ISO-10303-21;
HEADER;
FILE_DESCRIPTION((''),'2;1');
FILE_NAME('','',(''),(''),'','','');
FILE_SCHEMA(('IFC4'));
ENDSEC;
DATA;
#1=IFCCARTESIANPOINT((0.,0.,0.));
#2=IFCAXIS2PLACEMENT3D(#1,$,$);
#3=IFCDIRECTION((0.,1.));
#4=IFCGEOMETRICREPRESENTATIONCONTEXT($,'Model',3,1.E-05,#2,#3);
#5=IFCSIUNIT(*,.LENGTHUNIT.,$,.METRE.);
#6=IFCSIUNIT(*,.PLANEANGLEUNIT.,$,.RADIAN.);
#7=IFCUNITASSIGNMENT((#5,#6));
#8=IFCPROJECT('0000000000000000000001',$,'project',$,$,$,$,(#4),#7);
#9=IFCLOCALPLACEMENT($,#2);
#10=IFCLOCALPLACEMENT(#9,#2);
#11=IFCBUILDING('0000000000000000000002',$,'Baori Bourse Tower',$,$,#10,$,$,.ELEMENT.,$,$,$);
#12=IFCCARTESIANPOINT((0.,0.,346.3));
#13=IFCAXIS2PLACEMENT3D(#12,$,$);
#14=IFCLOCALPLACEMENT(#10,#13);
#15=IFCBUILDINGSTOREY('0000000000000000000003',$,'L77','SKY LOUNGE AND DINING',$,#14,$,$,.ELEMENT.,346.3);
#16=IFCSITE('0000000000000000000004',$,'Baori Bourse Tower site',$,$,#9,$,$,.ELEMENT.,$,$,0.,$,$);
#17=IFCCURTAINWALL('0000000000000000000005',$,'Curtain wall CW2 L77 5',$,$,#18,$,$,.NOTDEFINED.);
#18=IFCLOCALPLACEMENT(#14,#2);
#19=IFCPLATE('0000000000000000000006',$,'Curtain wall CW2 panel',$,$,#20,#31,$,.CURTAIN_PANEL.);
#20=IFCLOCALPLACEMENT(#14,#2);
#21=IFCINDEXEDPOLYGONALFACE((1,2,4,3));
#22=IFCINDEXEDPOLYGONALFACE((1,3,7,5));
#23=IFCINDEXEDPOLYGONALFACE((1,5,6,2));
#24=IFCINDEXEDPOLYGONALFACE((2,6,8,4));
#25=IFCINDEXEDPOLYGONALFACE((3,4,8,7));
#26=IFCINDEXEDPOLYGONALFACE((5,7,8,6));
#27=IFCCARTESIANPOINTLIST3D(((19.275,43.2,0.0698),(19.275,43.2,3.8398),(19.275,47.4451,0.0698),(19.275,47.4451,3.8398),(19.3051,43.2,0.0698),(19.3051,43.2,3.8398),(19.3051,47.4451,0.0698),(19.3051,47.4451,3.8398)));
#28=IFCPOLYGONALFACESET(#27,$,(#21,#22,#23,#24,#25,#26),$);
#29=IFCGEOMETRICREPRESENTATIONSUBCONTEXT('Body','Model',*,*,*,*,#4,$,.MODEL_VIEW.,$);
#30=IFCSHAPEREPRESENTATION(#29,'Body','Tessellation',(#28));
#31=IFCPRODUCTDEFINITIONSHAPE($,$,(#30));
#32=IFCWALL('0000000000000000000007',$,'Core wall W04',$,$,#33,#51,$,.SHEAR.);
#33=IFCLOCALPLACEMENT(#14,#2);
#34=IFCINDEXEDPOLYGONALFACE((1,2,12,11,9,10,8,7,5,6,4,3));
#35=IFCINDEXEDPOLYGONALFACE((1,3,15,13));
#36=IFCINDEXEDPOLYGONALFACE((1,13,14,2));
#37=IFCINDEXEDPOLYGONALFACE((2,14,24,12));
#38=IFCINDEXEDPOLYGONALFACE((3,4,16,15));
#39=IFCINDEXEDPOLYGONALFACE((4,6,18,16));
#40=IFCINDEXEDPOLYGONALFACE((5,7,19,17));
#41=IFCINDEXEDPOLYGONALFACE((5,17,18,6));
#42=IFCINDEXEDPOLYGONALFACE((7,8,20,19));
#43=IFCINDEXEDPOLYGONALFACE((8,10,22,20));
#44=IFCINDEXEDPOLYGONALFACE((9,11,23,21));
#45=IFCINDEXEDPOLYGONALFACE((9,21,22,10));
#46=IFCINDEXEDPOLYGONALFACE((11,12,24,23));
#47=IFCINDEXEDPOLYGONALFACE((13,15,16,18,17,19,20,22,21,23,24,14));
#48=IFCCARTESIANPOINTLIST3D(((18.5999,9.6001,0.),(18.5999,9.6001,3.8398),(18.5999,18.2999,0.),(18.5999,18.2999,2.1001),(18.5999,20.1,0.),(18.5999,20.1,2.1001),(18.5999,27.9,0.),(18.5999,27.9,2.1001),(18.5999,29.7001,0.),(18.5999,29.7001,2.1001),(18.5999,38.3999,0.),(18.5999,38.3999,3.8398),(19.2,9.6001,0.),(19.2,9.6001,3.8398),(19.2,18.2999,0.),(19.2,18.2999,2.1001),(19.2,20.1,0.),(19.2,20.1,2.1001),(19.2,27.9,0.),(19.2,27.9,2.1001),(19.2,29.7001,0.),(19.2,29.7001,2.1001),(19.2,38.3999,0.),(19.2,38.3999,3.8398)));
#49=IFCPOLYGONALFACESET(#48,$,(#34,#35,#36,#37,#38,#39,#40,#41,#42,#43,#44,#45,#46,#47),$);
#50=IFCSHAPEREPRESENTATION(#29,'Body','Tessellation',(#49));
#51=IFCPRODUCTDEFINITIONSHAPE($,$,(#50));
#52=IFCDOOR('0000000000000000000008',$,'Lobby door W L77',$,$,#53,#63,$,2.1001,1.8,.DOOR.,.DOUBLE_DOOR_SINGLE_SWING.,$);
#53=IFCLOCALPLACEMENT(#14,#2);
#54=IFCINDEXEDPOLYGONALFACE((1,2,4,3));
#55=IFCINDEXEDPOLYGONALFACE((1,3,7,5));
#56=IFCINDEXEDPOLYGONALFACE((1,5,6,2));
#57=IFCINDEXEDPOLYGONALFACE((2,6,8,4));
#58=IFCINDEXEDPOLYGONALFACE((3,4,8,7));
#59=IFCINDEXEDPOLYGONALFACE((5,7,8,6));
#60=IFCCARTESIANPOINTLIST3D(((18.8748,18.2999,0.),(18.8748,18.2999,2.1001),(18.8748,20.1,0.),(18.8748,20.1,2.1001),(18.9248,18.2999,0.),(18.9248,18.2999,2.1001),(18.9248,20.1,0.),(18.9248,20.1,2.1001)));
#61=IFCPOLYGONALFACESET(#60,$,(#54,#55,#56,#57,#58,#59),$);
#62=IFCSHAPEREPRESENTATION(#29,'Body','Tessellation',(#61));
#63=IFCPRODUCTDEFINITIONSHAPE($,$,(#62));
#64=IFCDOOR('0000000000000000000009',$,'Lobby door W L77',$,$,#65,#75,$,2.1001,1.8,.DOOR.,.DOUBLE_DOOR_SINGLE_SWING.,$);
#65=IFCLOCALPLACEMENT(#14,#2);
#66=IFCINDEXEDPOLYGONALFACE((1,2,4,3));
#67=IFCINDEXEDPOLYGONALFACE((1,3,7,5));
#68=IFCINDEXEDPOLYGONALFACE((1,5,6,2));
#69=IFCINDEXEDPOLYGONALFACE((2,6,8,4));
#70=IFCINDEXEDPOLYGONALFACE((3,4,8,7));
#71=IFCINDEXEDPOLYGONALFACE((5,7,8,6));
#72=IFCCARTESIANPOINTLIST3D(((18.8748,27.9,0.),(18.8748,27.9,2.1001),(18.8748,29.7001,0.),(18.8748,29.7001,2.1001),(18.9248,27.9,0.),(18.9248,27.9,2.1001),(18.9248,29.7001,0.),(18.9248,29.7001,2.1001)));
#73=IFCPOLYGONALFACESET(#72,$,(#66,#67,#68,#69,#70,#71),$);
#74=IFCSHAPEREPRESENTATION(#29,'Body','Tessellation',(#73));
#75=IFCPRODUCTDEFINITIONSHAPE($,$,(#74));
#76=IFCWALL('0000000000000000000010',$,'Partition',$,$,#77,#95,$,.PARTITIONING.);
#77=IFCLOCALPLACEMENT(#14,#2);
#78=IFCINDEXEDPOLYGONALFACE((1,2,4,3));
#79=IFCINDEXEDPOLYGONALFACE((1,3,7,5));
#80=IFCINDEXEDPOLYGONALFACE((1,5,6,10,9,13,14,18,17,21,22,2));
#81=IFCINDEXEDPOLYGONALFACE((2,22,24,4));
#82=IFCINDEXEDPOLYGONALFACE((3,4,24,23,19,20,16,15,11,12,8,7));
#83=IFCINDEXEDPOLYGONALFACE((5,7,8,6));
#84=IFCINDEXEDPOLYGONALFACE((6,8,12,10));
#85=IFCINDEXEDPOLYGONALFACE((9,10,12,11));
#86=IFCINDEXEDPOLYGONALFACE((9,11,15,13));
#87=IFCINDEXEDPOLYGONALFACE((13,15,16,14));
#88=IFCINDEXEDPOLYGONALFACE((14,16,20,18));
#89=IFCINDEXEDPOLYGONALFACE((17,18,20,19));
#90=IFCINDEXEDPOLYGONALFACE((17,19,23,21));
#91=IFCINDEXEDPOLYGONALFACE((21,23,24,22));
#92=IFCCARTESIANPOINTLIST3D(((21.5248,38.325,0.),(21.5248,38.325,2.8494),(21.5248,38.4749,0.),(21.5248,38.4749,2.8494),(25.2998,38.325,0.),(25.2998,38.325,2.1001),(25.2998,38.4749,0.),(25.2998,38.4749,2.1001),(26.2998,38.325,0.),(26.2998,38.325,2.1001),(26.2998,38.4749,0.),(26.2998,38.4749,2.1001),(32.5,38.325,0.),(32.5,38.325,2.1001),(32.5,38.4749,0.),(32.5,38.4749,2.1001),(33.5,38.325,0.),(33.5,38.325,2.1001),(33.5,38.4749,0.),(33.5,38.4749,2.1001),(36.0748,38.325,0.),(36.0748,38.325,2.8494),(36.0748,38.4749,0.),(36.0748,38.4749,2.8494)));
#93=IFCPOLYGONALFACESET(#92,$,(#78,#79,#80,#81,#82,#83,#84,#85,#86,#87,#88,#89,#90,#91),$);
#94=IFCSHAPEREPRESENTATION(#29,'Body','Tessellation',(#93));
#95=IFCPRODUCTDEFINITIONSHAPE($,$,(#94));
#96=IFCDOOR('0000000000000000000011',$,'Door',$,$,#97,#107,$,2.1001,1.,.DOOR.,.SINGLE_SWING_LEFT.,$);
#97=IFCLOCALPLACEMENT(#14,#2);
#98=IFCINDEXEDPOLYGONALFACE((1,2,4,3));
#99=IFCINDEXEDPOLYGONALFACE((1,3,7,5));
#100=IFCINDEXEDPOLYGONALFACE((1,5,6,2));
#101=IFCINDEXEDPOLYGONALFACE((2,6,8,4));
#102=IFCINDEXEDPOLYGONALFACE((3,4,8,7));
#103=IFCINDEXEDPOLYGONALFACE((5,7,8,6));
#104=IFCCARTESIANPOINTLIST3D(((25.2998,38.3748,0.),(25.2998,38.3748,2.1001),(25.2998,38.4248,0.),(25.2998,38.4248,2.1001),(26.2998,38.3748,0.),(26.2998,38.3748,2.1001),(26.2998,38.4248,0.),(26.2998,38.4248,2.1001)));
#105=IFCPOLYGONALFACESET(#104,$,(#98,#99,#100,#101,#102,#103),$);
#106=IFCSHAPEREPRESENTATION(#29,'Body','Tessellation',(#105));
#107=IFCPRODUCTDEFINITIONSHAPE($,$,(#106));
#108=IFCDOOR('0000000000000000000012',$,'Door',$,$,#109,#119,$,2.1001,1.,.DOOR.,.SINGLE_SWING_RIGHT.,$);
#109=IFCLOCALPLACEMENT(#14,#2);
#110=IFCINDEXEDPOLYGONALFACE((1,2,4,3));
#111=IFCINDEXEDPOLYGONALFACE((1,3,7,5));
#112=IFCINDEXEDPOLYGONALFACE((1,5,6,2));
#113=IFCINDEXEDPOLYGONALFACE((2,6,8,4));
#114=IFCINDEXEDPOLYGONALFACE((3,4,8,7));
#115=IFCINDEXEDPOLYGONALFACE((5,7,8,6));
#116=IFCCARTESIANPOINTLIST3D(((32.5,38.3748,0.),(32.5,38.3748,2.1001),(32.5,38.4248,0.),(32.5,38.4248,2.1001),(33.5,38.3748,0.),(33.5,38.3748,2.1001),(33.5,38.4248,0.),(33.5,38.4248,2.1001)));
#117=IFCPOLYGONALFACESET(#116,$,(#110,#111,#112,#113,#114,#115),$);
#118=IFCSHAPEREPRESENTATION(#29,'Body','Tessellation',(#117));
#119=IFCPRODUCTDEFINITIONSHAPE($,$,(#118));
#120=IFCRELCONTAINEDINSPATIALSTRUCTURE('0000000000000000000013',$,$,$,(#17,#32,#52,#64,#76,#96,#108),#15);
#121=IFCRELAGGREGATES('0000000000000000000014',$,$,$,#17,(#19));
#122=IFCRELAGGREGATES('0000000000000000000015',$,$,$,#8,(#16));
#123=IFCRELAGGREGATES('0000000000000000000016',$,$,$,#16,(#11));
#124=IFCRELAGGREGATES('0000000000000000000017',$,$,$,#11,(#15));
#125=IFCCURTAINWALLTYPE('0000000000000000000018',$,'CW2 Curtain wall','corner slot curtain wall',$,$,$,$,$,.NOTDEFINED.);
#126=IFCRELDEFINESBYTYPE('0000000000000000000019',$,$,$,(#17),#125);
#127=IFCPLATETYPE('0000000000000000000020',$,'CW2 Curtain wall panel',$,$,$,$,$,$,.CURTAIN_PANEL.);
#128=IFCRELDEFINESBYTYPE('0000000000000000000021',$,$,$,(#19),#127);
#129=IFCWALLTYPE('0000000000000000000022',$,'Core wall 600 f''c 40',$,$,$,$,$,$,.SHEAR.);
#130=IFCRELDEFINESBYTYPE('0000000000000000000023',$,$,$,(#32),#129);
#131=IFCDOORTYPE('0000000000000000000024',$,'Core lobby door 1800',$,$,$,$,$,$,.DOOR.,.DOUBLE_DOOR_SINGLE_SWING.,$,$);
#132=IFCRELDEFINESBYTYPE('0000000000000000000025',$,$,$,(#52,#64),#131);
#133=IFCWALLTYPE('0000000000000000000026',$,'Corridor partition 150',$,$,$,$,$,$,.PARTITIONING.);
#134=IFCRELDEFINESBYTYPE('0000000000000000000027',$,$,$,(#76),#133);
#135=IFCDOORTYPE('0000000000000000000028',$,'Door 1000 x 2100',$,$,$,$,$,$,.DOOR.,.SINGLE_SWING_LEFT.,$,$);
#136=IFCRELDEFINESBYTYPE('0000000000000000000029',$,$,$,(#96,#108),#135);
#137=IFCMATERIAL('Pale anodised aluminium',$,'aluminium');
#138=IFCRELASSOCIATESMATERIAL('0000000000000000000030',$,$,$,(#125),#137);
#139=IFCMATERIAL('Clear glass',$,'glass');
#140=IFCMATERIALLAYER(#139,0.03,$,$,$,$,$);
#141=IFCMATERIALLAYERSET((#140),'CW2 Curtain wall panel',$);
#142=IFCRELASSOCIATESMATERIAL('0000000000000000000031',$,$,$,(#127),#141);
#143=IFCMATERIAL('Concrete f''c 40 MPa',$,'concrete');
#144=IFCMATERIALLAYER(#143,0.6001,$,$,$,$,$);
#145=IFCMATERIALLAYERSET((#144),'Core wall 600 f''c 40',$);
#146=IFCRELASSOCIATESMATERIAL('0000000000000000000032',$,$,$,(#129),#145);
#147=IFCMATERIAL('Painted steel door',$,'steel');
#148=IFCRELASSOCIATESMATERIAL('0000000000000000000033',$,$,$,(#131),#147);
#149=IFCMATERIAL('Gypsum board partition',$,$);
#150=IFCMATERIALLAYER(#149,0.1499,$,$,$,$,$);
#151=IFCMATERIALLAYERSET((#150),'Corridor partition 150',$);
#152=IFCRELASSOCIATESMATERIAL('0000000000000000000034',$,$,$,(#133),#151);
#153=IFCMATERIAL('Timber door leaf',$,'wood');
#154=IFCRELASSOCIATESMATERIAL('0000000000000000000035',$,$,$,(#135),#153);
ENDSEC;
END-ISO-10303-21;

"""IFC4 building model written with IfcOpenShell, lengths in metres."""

from ifc_helpers import new_model, si_unit, direction, frame, frame_2d, origin, origin_2d, place, context, subcontext, project, spatial, rectangle, extrude, material, layer, layer_set, type_object, element, fill, aggregate, save


model = new_model("IFC4")

# Units and contexts
model_context = context("Model", 3, precision=1e-05, world=origin(), true_north=direction((0.0, 1.0)))
body_context = subcontext(model_context, "Body", "Model", "MODEL_VIEW")
ifc_project = project(units=[si_unit("LENGTHUNIT", "METRE"), si_unit("PLANEANGLEUNIT", "RADIAN")], contexts=[model_context])

# Site, building, storey
site_placement = place(None, origin())
site = spatial("IfcSite", under=ifc_project, at=site_placement, Name="Baori Bourse Tower site", CompositionType="ELEMENT", RefElevation=0.0)
building_placement = place(site_placement, origin())
building = spatial("IfcBuilding", under=site, at=building_placement, Name="Baori Bourse Tower", CompositionType="ELEMENT")
storey_placement = place(building_placement, frame((0.0, 0.0, 346.3)))
storey = spatial("IfcBuildingStorey", under=building, at=storey_placement, Name="L77", Description="SKY LOUNGE AND DINING", CompositionType="ELEMENT", Elevation=346.3)

# Curtain wall
ifc_material_1 = material(Name="Pale anodised aluminium", Category="aluminium")
curtain_wall_type = type_object("IfcCurtainWallType", Name="CW2 Curtain wall", Description="corner slot curtain wall", PredefinedType="NOTDEFINED", material=ifc_material_1)
curtain_wall_1_placement = place(storey_placement, origin())
curtain_wall_1 = element("IfcCurtainWall", 1, at=curtain_wall_1_placement, inside=storey, type_object=curtain_wall_type, Name="Curtain wall CW2 L77 5", PredefinedType="NOTDEFINED")

# Plate
ifc_material_2 = material(Name="Clear glass", Category="glass")
ifc_layer_1 = layer(ifc_material_2, 0.03)
ifc_layer_set_1 = layer_set([ifc_layer_1], Name="CW2 Curtain wall panel")
plate_type = type_object("IfcPlateType", Name="CW2 Curtain wall panel", PredefinedType="CURTAIN_PANEL", material=ifc_layer_set_1)
plate_placement = place(storey_placement, frame((19.29, 45.3225, 0.0698), z_axis=(0.0, 0.0, 1.0), x_axis=(0.0, -1.0, 0.0)))
plate = element("IfcPlate", 2, at=plate_placement, type_object=plate_type, Name="Curtain wall CW2 panel", PredefinedType="CURTAIN_PANEL", context=body_context, shape_type="SweptSolid", body=[
    extrude(rectangle(XDim=4.2451, YDim=0.03, at=origin_2d()), origin(), (0.0, 0.0, 1.0), 3.77),
])
aggregate(curtain_wall_1, [plate])

# Walls, openings, doors
ifc_material_3 = material(Name="Concrete f'c 40 MPa", Category="concrete")
ifc_layer_2 = layer(ifc_material_3, 0.6001)
ifc_layer_set_2 = layer_set([ifc_layer_2], Name="Core wall 600 f'c 40")
wall_type_1 = type_object("IfcWallType", Name="Core wall 600 f'c 40", PredefinedType="SHEAR", material=ifc_layer_set_2)
wall_1_placement = place(storey_placement, frame((18.8999, 38.3999, 0.0), z_axis=(0.0, 0.0, 1.0), x_axis=(0.0, -1.0, 0.0)))
wall_1 = element("IfcWall", 3, at=wall_1_placement, inside=storey, type_object=wall_type_1, Name="Core wall W04", PredefinedType="SHEAR", context=body_context, shape_type="SweptSolid", body=[
    extrude(rectangle(XDim=28.7998, YDim=0.6001, at=frame_2d((14.3999, 0.0))), origin(), (0.0, 0.0, 1.0), 3.8398),
])
opening_1_placement = place(wall_1_placement, frame((18.3, 0.0, 0.0)))
opening_1 = element("IfcOpeningElement", 4, at=opening_1_placement, cuts=wall_1, PredefinedType="OPENING", context=body_context, shape_type="SweptSolid", body=[
    extrude(rectangle(XDim=1.8, YDim=2.1001, at=frame_2d((0.8999, 1.05))), frame((0.0, 0.3101, 0.0), z_axis=(0.0, -1.0, 0.0), x_axis=(1.0, 0.0, 0.0)), (0.0, 0.0, 1.0), 0.6201),
])
opening_2_placement = place(wall_1_placement, frame((8.7, 0.0, 0.0)))
opening_2 = element("IfcOpeningElement", 5, at=opening_2_placement, cuts=wall_1, PredefinedType="OPENING", context=body_context, shape_type="SweptSolid", body=[
    extrude(rectangle(XDim=1.8, YDim=2.1001, at=frame_2d((0.8999, 1.05))), frame((0.0, 0.3101, 0.0), z_axis=(0.0, -1.0, 0.0), x_axis=(1.0, 0.0, 0.0)), (0.0, 0.0, 1.0), 0.6201),
])
ifc_material_4 = material(Name="Painted steel door", Category="steel")
door_type_1 = type_object("IfcDoorType", Name="Core lobby door 1800", OperationType="DOUBLE_DOOR_SINGLE_SWING", PredefinedType="DOOR", material=ifc_material_4)
door_1_placement = place(opening_1_placement, origin())
door_1 = element("IfcDoor", 6, at=door_1_placement, inside=storey, type_object=door_type_1, Name="Lobby door W L77", OperationType="DOUBLE_DOOR_SINGLE_SWING", OverallHeight=2.1001, OverallWidth=1.8, PredefinedType="DOOR", context=body_context, shape_type="SweptSolid", body=[
    extrude(rectangle(XDim=1.8, YDim=2.1001, at=frame_2d((0.8999, 1.05))), frame((0.0, 0.0249, 0.0), z_axis=(0.0, -1.0, 0.0), x_axis=(1.0, 0.0, 0.0)), (0.0, 0.0, 1.0), 0.05),
])
fill(opening_1, door_1)
door_2_placement = place(opening_2_placement, origin())
door_2 = element("IfcDoor", 7, at=door_2_placement, inside=storey, type_object=door_type_1, Name="Lobby door W L77", OperationType="DOUBLE_DOOR_SINGLE_SWING", OverallHeight=2.1001, OverallWidth=1.8, PredefinedType="DOOR", context=body_context, shape_type="SweptSolid", body=[
    extrude(rectangle(XDim=1.8, YDim=2.1001, at=frame_2d((0.8999, 1.05))), frame((0.0, 0.0249, 0.0), z_axis=(0.0, -1.0, 0.0), x_axis=(1.0, 0.0, 0.0)), (0.0, 0.0, 1.0), 0.05),
])
fill(opening_2, door_2)
ifc_material_5 = material(Name="Gypsum board partition")
ifc_layer_3 = layer(ifc_material_5, 0.1499)
ifc_layer_set_3 = layer_set([ifc_layer_3], Name="Corridor partition 150")
wall_type_2 = type_object("IfcWallType", Name="Corridor partition 150", PredefinedType="PARTITIONING", material=ifc_layer_set_3)
wall_2_placement = place(storey_placement, frame((21.5249, 38.3999, 0.0), z_axis=(0.0, 0.0, 1.0), x_axis=(1.0, 0.0, 0.0)))
wall_2 = element("IfcWall", 8, at=wall_2_placement, inside=storey, type_object=wall_type_2, Name="Partition", PredefinedType="PARTITIONING", context=body_context, shape_type="SweptSolid", body=[
    extrude(rectangle(XDim=14.55, YDim=0.1499, at=frame_2d((7.2749, 0.0))), origin(), (0.0, 0.0, 1.0), 2.8494),
])
opening_3_placement = place(wall_2_placement, frame((3.7749, 0.0, 0.0)))
opening_3 = element("IfcOpeningElement", 9, at=opening_3_placement, cuts=wall_2, PredefinedType="OPENING", context=body_context, shape_type="SweptSolid", body=[
    extrude(rectangle(XDim=1.0, YDim=2.1001, at=frame_2d((0.5, 1.05))), frame((0.0, 0.085, 0.0), z_axis=(0.0, -1.0, 0.0), x_axis=(1.0, 0.0, 0.0)), (0.0, 0.0, 1.0), 0.1699),
])
opening_4_placement = place(wall_2_placement, frame((10.9751, 0.0, 0.0)))
opening_4 = element("IfcOpeningElement", 10, at=opening_4_placement, cuts=wall_2, PredefinedType="OPENING", context=body_context, shape_type="SweptSolid", body=[
    extrude(rectangle(XDim=1.0, YDim=2.1001, at=frame_2d((0.5, 1.05))), frame((0.0, 0.085, 0.0), z_axis=(0.0, -1.0, 0.0), x_axis=(1.0, 0.0, 0.0)), (0.0, 0.0, 1.0), 0.1699),
])
ifc_material_6 = material(Name="Timber door leaf", Category="wood")
door_type_2 = type_object("IfcDoorType", Name="Door 1000 x 2100", OperationType="SINGLE_SWING_LEFT", PredefinedType="DOOR", material=ifc_material_6)
door_3_placement = place(opening_3_placement, origin())
door_3 = element("IfcDoor", 11, at=door_3_placement, inside=storey, type_object=door_type_2, Name="Door", OperationType="SINGLE_SWING_LEFT", OverallHeight=2.1001, OverallWidth=1.0, PredefinedType="DOOR", context=body_context, shape_type="SweptSolid", body=[
    extrude(rectangle(XDim=1.0, YDim=2.1001, at=frame_2d((0.5, 1.05))), frame((0.0, 0.0249, 0.0), z_axis=(0.0, -1.0, 0.0), x_axis=(1.0, 0.0, 0.0)), (0.0, 0.0, 1.0), 0.05),
])
fill(opening_3, door_3)
door_4_placement = place(opening_4_placement, origin())
door_4 = element("IfcDoor", 12, at=door_4_placement, inside=storey, type_object=door_type_2, Name="Door", OperationType="SINGLE_SWING_RIGHT", OverallHeight=2.1001, OverallWidth=1.0, PredefinedType="DOOR", context=body_context, shape_type="SweptSolid", body=[
    extrude(rectangle(XDim=1.0, YDim=2.1001, at=frame_2d((0.5, 1.05))), frame((0.0, 0.0249, 0.0), z_axis=(0.0, -1.0, 0.0), x_axis=(1.0, 0.0, 0.0)), (0.0, 0.0, 1.0), 0.05),
])
fill(opening_4, door_4)

save(model, "model.ifc")
